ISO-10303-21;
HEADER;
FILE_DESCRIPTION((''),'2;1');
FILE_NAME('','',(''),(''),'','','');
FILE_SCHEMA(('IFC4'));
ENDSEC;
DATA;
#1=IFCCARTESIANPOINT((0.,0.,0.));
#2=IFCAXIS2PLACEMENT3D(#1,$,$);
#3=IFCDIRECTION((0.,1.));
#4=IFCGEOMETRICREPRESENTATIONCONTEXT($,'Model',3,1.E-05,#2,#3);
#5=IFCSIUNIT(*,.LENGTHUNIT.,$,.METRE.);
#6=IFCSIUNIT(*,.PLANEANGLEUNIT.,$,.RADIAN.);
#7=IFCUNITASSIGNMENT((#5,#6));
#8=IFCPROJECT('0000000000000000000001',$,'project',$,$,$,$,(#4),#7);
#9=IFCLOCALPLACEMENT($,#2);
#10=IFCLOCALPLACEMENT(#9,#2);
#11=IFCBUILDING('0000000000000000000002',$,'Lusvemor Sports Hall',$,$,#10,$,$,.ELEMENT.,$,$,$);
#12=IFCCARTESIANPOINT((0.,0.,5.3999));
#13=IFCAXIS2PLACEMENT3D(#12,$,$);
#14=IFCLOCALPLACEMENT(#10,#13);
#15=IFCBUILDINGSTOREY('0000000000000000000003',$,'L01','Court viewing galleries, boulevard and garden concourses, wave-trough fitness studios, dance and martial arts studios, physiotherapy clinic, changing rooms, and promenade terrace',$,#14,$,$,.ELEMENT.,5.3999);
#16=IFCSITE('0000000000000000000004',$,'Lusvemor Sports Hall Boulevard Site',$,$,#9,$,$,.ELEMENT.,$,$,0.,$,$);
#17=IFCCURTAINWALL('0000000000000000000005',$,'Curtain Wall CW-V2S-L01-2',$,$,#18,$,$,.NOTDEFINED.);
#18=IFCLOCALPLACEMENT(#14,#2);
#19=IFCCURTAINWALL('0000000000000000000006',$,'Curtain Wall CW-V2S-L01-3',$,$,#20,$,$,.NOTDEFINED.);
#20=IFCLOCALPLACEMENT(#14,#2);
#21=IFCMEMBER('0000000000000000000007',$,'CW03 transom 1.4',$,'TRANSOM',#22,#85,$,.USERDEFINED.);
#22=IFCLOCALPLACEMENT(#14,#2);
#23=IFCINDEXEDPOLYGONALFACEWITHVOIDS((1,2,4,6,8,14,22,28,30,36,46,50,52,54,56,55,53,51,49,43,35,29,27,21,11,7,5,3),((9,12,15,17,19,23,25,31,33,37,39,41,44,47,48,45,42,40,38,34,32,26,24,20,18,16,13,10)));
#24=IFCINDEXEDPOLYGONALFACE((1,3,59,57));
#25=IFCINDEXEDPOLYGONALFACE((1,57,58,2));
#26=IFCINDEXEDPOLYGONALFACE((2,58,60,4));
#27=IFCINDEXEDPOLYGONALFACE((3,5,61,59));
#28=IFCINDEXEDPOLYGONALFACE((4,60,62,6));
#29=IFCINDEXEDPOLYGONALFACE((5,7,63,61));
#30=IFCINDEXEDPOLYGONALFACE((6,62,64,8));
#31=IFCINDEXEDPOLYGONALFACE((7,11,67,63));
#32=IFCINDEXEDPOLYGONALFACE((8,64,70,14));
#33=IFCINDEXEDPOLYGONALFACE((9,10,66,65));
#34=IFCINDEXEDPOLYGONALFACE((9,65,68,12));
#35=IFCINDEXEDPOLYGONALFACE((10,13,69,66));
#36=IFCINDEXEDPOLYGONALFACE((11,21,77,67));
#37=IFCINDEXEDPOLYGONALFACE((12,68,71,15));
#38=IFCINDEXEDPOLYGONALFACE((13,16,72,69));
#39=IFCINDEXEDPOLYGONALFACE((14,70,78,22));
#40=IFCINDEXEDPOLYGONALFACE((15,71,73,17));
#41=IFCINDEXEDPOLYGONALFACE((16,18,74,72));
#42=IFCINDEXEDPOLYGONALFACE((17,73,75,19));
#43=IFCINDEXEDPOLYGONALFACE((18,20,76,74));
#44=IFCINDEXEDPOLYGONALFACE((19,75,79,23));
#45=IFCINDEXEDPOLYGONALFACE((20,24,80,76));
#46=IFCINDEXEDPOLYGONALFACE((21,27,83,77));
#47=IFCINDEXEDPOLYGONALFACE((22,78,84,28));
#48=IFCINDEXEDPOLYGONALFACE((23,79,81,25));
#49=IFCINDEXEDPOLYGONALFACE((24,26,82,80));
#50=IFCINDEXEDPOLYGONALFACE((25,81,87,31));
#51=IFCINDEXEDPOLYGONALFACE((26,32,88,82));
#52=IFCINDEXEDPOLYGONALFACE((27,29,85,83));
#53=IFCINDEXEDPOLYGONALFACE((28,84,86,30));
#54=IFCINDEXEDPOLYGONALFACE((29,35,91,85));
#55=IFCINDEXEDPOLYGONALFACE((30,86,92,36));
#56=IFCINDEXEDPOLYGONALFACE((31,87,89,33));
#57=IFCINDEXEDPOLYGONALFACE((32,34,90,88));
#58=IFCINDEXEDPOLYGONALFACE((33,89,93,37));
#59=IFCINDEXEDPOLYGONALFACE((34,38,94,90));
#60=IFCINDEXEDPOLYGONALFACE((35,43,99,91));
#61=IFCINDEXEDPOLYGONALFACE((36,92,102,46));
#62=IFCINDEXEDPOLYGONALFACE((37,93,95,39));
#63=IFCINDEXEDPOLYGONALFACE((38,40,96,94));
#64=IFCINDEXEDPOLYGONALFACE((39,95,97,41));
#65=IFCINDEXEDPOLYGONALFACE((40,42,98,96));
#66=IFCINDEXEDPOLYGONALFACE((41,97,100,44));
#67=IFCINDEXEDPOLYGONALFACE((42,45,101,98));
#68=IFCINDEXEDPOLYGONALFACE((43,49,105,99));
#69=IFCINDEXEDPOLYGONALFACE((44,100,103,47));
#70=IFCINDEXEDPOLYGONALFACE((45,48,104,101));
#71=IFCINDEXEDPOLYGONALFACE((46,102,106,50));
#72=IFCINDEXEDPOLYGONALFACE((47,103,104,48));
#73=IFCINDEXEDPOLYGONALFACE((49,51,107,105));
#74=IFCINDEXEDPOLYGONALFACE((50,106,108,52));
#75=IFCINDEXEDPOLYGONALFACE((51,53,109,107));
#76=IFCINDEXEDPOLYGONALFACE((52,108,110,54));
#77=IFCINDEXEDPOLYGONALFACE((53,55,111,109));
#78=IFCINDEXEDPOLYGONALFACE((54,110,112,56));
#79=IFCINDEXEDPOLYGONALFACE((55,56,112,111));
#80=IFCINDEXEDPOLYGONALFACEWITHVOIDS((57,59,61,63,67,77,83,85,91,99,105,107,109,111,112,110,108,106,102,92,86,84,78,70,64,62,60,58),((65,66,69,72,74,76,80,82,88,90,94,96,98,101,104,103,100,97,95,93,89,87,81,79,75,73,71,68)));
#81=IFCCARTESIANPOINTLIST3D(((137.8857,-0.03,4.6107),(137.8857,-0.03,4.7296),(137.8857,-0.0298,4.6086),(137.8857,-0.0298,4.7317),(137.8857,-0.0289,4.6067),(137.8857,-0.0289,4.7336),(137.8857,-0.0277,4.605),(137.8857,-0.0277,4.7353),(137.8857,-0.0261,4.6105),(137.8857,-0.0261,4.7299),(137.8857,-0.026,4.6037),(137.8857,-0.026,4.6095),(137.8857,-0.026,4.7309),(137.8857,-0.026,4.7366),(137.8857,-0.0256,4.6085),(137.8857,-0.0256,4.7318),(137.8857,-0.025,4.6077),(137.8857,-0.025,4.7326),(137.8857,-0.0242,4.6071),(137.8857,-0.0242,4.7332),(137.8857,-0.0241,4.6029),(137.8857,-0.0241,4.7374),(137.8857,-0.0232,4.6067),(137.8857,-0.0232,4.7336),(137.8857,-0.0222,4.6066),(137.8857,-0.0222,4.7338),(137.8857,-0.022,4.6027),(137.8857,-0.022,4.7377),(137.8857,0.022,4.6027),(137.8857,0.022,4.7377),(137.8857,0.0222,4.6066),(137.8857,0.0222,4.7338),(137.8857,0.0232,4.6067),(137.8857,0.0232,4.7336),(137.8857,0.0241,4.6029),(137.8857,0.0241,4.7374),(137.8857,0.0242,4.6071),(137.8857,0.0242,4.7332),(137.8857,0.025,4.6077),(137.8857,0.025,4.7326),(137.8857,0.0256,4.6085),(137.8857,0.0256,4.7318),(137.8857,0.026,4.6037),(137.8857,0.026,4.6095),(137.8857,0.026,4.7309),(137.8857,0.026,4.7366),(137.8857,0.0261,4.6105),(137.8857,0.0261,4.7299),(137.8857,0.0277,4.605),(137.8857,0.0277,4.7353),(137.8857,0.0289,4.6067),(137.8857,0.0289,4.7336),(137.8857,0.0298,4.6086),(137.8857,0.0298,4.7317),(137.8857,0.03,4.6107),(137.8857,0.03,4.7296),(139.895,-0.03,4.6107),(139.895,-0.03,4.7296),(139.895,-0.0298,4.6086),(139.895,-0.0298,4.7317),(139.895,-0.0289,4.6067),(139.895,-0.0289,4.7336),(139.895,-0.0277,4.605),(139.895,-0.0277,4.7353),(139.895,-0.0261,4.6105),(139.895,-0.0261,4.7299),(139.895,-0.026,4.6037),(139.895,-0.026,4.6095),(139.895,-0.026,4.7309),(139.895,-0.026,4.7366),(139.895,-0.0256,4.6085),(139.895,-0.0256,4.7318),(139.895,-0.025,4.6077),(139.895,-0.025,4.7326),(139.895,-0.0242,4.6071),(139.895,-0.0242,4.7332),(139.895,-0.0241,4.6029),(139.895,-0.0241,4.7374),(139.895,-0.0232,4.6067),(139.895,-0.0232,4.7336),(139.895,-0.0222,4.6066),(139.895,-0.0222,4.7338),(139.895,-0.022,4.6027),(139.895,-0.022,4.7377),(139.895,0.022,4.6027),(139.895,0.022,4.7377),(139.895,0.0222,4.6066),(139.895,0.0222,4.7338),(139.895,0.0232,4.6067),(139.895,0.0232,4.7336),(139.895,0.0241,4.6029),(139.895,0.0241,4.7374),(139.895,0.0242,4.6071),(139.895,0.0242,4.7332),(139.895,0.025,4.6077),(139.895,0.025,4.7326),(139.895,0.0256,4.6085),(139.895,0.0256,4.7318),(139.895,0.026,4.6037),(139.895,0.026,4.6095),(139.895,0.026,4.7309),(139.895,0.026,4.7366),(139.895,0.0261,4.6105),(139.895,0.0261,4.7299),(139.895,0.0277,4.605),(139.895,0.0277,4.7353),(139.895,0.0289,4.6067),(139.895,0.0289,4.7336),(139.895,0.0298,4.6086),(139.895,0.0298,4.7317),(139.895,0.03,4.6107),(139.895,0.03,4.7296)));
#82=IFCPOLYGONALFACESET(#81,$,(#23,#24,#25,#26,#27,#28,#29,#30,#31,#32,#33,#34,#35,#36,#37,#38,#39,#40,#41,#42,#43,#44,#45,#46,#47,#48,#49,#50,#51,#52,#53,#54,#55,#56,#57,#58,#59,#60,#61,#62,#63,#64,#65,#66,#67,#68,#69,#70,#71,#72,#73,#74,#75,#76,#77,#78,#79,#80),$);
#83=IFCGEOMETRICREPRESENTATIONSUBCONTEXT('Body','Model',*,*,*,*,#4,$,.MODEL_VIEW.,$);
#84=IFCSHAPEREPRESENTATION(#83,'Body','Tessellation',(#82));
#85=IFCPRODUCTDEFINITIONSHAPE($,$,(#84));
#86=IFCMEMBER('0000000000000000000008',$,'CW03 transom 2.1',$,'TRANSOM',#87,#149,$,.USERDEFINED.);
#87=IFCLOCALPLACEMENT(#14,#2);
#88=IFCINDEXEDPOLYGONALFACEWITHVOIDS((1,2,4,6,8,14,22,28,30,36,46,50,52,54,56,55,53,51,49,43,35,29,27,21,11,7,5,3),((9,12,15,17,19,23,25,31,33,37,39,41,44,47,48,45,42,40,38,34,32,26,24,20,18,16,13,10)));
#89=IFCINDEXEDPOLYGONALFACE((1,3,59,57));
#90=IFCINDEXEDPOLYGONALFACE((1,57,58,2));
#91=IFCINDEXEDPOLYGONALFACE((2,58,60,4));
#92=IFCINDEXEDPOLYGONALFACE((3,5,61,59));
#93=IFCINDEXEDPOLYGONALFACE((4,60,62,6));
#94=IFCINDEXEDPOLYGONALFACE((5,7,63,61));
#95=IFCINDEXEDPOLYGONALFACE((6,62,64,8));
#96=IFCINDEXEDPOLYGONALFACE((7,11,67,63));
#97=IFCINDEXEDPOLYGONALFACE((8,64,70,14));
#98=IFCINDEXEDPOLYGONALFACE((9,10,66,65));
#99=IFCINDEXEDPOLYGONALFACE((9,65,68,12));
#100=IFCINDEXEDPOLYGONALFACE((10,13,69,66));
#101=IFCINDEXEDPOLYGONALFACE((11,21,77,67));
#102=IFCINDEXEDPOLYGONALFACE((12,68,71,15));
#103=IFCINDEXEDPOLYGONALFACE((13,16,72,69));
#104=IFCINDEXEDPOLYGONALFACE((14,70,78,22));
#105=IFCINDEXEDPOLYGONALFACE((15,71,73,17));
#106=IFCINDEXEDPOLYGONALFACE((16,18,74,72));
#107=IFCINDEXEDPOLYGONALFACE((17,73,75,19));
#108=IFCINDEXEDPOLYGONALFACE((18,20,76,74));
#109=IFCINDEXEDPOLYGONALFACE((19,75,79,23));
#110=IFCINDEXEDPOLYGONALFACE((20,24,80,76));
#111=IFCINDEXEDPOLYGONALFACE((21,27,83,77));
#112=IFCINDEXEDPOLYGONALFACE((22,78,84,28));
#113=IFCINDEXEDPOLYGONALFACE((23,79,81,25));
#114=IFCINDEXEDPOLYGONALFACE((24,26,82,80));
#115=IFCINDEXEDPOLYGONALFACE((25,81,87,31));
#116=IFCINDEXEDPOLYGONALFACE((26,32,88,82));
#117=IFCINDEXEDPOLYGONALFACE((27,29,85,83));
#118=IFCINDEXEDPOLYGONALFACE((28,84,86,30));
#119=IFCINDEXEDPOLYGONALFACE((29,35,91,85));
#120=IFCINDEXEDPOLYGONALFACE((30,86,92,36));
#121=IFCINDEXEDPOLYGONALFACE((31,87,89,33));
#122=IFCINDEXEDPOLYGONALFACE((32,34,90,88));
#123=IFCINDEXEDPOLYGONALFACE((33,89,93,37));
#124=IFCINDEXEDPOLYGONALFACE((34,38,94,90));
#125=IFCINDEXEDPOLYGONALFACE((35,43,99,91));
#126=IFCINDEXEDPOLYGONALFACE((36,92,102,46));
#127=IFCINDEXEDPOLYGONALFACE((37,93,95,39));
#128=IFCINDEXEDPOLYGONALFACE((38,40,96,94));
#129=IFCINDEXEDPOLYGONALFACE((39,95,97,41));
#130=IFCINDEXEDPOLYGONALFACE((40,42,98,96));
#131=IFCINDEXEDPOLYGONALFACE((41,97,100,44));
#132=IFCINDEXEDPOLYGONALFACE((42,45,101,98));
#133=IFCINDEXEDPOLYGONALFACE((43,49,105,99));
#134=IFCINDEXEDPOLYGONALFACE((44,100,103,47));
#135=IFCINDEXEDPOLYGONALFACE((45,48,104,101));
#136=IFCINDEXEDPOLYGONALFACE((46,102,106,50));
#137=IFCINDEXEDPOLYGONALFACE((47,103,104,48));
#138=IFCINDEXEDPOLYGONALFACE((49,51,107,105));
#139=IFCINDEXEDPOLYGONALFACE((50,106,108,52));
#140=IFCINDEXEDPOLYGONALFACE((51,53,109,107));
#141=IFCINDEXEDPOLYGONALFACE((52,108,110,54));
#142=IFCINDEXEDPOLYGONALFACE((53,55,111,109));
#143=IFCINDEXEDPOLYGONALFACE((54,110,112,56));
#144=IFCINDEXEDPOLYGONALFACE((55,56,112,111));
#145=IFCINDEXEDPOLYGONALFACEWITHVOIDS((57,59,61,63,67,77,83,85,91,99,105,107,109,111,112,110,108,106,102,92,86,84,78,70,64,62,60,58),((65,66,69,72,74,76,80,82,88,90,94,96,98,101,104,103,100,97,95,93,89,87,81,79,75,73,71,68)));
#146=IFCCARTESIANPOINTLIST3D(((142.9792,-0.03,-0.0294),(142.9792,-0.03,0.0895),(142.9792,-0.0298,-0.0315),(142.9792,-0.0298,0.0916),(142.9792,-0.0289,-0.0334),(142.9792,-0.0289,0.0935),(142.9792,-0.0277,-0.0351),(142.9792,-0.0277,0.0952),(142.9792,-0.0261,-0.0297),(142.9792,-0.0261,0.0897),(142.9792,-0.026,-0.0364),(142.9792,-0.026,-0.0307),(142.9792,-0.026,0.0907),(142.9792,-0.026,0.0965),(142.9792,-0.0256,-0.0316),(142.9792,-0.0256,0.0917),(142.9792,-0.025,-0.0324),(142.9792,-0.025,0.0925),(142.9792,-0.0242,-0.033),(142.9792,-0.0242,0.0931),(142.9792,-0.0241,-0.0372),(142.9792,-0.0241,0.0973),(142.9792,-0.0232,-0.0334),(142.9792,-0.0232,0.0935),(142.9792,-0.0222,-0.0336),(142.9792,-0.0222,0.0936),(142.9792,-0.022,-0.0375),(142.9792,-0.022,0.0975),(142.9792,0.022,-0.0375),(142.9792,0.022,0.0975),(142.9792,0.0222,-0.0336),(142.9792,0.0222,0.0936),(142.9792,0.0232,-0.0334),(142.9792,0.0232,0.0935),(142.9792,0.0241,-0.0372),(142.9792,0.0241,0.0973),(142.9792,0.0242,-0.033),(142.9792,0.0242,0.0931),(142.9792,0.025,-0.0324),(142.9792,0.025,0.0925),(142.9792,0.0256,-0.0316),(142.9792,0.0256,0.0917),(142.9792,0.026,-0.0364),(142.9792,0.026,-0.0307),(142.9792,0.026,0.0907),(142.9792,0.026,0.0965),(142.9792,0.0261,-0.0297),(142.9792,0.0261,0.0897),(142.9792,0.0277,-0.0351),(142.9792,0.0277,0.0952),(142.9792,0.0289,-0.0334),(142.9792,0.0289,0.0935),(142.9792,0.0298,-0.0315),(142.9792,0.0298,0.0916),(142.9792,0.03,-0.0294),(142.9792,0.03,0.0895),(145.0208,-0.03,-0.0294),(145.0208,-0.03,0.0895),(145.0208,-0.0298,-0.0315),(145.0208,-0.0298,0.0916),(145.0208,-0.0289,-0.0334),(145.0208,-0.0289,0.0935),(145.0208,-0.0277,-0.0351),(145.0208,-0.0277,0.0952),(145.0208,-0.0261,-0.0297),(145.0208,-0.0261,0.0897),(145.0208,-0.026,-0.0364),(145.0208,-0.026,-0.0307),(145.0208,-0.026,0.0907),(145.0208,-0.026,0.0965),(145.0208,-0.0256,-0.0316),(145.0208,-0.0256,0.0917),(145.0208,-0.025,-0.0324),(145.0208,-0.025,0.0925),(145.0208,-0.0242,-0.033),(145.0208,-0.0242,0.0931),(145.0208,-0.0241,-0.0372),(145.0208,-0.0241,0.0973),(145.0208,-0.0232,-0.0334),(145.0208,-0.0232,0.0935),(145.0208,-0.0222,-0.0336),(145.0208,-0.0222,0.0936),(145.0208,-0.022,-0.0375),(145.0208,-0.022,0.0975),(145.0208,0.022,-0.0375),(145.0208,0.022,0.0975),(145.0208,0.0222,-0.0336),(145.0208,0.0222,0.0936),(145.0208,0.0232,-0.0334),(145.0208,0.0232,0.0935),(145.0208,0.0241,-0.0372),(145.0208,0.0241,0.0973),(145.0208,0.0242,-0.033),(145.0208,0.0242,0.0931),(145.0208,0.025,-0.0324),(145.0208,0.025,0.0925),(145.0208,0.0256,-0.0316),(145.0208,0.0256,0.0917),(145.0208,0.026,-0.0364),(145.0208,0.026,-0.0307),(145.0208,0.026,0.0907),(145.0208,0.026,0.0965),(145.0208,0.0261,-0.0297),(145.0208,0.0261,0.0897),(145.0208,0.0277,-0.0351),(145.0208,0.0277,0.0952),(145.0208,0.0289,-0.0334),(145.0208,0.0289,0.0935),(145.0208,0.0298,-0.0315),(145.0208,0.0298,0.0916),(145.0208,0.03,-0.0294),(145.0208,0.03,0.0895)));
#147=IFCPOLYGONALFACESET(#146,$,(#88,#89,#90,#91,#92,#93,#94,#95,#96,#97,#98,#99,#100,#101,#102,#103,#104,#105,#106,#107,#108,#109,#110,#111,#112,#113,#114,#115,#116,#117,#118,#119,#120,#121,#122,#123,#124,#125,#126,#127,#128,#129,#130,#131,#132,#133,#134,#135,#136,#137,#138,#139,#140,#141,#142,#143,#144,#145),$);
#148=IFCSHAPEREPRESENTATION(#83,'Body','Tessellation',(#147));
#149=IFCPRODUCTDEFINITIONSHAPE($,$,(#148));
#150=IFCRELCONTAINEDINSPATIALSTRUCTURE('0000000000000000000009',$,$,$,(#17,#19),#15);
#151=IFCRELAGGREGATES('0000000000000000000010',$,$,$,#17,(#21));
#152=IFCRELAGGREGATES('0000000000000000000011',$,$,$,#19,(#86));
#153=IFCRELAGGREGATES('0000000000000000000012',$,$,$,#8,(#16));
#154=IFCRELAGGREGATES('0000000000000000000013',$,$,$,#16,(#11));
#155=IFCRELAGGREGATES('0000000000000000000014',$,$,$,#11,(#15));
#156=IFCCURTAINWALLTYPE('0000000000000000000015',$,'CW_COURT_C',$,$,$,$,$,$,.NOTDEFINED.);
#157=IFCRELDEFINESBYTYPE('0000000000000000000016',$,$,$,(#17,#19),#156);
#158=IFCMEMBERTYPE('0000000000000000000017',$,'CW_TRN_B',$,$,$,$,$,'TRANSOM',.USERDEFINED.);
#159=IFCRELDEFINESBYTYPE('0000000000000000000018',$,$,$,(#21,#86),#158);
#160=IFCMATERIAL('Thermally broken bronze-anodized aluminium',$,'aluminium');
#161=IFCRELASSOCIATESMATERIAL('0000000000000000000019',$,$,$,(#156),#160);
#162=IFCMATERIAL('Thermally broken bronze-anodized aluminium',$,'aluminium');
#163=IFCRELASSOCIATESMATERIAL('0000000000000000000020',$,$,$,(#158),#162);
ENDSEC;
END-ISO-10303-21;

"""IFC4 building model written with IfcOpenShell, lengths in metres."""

from ifc_helpers import new_model, si_unit, direction, frame, origin, origin_2d, place, context, subcontext, project, spatial, hollow_rectangle, extrude, material, material_profile, profile_set, type_object, element, aggregate, save


model = new_model("IFC4")

# Units and contexts
model_context = context("Model", 3, precision=1e-05, world=origin(), true_north=direction((0.0, 1.0)))
body_context = subcontext(model_context, "Body", "Model", "MODEL_VIEW")
ifc_project = project(units=[si_unit("LENGTHUNIT", "METRE"), si_unit("PLANEANGLEUNIT", "RADIAN")], contexts=[model_context])

# Site, building, storey
site_placement = place(None, origin())
site = spatial("IfcSite", under=ifc_project, at=site_placement, Name="Lusvemor Sports Hall Boulevard Site", CompositionType="ELEMENT", RefElevation=0.0)
building_placement = place(site_placement, origin())
building = spatial("IfcBuilding", under=site, at=building_placement, Name="Lusvemor Sports Hall", CompositionType="ELEMENT")
storey_placement = place(building_placement, frame((0.0, 0.0, 5.3999)))
storey = spatial("IfcBuildingStorey", under=building, at=storey_placement, Name="L01", Description="Court viewing galleries, boulevard and garden concourses, wave-trough fitness studios, dance and martial arts studios, physiotherapy clinic, changing rooms, and promenade terrace", CompositionType="ELEMENT", Elevation=5.3999)

# Curtain wall
ifc_material_1 = material(Name="Thermally broken bronze-anodized aluminium", Category="aluminium")
curtain_wall_type = type_object("IfcCurtainWallType", Name="CW_COURT_C", PredefinedType="NOTDEFINED", material=ifc_material_1)
curtain_wall_1_placement = place(storey_placement, origin())
curtain_wall_1 = element("IfcCurtainWall", 1, at=curtain_wall_1_placement, inside=storey, type_object=curtain_wall_type, Name="Curtain Wall CW-V2S-L01-2", PredefinedType="NOTDEFINED")

# Curtain wall
curtain_wall_2_placement = place(storey_placement, origin())
curtain_wall_2 = element("IfcCurtainWall", 2, at=curtain_wall_2_placement, inside=storey, type_object=curtain_wall_type, Name="Curtain Wall CW-V2S-L01-3", PredefinedType="NOTDEFINED")

# Members
ifc_material_2 = material(Name="Thermally broken bronze-anodized aluminium", Category="aluminium")
ifc_material_profile_1 = material_profile(ifc_material_2, hollow_rectangle(XDim=0.0601, YDim=0.135, WallThickness=0.0039, InnerFilletRadius=0.0039, OuterFilletRadius=0.0081, at=origin_2d()), Name="CWTRN135x60x4")
ifc_profile_set_1 = profile_set([ifc_material_profile_1], Name="Thermally broken bronze-anodized aluminium")
member_type_1 = type_object("IfcMemberType", Name="CW_TRN_B", ElementType="TRANSOM", PredefinedType="USERDEFINED", material=ifc_profile_set_1)
member_1_placement = place(storey_placement, frame((139.895, 0.0, 4.6702), z_axis=(-1.0, 0.0, 0.0), x_axis=(0.0, -1.0, 0.0)))
member_1 = element("IfcMember", 3, at=member_1_placement, type_object=member_type_1, Name="CW03 transom 1.4", ObjectType="TRANSOM", PredefinedType="USERDEFINED", context=body_context, shape_type="SweptSolid", body=[
    extrude(hollow_rectangle(XDim=0.0601, YDim=0.135, WallThickness=0.0039, InnerFilletRadius=0.0039, OuterFilletRadius=0.0081, at=origin_2d()), origin(), (0.0, 0.0, 1.0), 2.0093),
])
aggregate(curtain_wall_1, [member_1])
member_2_placement = place(storey_placement, frame((145.0208, 0.0, 0.03), z_axis=(-1.0, 0.0, 0.0), x_axis=(0.0, -1.0, 0.0)))
member_2 = element("IfcMember", 4, at=member_2_placement, type_object=member_type_1, Name="CW03 transom 2.1", ObjectType="TRANSOM", PredefinedType="USERDEFINED", context=body_context, shape_type="SweptSolid", body=[
    extrude(hollow_rectangle(XDim=0.0601, YDim=0.135, WallThickness=0.0039, InnerFilletRadius=0.0039, OuterFilletRadius=0.0081, at=origin_2d()), origin(), (0.0, 0.0, 1.0), 2.0415),
])

aggregate(curtain_wall_2, [member_2])

save(model, "model.ifc")
